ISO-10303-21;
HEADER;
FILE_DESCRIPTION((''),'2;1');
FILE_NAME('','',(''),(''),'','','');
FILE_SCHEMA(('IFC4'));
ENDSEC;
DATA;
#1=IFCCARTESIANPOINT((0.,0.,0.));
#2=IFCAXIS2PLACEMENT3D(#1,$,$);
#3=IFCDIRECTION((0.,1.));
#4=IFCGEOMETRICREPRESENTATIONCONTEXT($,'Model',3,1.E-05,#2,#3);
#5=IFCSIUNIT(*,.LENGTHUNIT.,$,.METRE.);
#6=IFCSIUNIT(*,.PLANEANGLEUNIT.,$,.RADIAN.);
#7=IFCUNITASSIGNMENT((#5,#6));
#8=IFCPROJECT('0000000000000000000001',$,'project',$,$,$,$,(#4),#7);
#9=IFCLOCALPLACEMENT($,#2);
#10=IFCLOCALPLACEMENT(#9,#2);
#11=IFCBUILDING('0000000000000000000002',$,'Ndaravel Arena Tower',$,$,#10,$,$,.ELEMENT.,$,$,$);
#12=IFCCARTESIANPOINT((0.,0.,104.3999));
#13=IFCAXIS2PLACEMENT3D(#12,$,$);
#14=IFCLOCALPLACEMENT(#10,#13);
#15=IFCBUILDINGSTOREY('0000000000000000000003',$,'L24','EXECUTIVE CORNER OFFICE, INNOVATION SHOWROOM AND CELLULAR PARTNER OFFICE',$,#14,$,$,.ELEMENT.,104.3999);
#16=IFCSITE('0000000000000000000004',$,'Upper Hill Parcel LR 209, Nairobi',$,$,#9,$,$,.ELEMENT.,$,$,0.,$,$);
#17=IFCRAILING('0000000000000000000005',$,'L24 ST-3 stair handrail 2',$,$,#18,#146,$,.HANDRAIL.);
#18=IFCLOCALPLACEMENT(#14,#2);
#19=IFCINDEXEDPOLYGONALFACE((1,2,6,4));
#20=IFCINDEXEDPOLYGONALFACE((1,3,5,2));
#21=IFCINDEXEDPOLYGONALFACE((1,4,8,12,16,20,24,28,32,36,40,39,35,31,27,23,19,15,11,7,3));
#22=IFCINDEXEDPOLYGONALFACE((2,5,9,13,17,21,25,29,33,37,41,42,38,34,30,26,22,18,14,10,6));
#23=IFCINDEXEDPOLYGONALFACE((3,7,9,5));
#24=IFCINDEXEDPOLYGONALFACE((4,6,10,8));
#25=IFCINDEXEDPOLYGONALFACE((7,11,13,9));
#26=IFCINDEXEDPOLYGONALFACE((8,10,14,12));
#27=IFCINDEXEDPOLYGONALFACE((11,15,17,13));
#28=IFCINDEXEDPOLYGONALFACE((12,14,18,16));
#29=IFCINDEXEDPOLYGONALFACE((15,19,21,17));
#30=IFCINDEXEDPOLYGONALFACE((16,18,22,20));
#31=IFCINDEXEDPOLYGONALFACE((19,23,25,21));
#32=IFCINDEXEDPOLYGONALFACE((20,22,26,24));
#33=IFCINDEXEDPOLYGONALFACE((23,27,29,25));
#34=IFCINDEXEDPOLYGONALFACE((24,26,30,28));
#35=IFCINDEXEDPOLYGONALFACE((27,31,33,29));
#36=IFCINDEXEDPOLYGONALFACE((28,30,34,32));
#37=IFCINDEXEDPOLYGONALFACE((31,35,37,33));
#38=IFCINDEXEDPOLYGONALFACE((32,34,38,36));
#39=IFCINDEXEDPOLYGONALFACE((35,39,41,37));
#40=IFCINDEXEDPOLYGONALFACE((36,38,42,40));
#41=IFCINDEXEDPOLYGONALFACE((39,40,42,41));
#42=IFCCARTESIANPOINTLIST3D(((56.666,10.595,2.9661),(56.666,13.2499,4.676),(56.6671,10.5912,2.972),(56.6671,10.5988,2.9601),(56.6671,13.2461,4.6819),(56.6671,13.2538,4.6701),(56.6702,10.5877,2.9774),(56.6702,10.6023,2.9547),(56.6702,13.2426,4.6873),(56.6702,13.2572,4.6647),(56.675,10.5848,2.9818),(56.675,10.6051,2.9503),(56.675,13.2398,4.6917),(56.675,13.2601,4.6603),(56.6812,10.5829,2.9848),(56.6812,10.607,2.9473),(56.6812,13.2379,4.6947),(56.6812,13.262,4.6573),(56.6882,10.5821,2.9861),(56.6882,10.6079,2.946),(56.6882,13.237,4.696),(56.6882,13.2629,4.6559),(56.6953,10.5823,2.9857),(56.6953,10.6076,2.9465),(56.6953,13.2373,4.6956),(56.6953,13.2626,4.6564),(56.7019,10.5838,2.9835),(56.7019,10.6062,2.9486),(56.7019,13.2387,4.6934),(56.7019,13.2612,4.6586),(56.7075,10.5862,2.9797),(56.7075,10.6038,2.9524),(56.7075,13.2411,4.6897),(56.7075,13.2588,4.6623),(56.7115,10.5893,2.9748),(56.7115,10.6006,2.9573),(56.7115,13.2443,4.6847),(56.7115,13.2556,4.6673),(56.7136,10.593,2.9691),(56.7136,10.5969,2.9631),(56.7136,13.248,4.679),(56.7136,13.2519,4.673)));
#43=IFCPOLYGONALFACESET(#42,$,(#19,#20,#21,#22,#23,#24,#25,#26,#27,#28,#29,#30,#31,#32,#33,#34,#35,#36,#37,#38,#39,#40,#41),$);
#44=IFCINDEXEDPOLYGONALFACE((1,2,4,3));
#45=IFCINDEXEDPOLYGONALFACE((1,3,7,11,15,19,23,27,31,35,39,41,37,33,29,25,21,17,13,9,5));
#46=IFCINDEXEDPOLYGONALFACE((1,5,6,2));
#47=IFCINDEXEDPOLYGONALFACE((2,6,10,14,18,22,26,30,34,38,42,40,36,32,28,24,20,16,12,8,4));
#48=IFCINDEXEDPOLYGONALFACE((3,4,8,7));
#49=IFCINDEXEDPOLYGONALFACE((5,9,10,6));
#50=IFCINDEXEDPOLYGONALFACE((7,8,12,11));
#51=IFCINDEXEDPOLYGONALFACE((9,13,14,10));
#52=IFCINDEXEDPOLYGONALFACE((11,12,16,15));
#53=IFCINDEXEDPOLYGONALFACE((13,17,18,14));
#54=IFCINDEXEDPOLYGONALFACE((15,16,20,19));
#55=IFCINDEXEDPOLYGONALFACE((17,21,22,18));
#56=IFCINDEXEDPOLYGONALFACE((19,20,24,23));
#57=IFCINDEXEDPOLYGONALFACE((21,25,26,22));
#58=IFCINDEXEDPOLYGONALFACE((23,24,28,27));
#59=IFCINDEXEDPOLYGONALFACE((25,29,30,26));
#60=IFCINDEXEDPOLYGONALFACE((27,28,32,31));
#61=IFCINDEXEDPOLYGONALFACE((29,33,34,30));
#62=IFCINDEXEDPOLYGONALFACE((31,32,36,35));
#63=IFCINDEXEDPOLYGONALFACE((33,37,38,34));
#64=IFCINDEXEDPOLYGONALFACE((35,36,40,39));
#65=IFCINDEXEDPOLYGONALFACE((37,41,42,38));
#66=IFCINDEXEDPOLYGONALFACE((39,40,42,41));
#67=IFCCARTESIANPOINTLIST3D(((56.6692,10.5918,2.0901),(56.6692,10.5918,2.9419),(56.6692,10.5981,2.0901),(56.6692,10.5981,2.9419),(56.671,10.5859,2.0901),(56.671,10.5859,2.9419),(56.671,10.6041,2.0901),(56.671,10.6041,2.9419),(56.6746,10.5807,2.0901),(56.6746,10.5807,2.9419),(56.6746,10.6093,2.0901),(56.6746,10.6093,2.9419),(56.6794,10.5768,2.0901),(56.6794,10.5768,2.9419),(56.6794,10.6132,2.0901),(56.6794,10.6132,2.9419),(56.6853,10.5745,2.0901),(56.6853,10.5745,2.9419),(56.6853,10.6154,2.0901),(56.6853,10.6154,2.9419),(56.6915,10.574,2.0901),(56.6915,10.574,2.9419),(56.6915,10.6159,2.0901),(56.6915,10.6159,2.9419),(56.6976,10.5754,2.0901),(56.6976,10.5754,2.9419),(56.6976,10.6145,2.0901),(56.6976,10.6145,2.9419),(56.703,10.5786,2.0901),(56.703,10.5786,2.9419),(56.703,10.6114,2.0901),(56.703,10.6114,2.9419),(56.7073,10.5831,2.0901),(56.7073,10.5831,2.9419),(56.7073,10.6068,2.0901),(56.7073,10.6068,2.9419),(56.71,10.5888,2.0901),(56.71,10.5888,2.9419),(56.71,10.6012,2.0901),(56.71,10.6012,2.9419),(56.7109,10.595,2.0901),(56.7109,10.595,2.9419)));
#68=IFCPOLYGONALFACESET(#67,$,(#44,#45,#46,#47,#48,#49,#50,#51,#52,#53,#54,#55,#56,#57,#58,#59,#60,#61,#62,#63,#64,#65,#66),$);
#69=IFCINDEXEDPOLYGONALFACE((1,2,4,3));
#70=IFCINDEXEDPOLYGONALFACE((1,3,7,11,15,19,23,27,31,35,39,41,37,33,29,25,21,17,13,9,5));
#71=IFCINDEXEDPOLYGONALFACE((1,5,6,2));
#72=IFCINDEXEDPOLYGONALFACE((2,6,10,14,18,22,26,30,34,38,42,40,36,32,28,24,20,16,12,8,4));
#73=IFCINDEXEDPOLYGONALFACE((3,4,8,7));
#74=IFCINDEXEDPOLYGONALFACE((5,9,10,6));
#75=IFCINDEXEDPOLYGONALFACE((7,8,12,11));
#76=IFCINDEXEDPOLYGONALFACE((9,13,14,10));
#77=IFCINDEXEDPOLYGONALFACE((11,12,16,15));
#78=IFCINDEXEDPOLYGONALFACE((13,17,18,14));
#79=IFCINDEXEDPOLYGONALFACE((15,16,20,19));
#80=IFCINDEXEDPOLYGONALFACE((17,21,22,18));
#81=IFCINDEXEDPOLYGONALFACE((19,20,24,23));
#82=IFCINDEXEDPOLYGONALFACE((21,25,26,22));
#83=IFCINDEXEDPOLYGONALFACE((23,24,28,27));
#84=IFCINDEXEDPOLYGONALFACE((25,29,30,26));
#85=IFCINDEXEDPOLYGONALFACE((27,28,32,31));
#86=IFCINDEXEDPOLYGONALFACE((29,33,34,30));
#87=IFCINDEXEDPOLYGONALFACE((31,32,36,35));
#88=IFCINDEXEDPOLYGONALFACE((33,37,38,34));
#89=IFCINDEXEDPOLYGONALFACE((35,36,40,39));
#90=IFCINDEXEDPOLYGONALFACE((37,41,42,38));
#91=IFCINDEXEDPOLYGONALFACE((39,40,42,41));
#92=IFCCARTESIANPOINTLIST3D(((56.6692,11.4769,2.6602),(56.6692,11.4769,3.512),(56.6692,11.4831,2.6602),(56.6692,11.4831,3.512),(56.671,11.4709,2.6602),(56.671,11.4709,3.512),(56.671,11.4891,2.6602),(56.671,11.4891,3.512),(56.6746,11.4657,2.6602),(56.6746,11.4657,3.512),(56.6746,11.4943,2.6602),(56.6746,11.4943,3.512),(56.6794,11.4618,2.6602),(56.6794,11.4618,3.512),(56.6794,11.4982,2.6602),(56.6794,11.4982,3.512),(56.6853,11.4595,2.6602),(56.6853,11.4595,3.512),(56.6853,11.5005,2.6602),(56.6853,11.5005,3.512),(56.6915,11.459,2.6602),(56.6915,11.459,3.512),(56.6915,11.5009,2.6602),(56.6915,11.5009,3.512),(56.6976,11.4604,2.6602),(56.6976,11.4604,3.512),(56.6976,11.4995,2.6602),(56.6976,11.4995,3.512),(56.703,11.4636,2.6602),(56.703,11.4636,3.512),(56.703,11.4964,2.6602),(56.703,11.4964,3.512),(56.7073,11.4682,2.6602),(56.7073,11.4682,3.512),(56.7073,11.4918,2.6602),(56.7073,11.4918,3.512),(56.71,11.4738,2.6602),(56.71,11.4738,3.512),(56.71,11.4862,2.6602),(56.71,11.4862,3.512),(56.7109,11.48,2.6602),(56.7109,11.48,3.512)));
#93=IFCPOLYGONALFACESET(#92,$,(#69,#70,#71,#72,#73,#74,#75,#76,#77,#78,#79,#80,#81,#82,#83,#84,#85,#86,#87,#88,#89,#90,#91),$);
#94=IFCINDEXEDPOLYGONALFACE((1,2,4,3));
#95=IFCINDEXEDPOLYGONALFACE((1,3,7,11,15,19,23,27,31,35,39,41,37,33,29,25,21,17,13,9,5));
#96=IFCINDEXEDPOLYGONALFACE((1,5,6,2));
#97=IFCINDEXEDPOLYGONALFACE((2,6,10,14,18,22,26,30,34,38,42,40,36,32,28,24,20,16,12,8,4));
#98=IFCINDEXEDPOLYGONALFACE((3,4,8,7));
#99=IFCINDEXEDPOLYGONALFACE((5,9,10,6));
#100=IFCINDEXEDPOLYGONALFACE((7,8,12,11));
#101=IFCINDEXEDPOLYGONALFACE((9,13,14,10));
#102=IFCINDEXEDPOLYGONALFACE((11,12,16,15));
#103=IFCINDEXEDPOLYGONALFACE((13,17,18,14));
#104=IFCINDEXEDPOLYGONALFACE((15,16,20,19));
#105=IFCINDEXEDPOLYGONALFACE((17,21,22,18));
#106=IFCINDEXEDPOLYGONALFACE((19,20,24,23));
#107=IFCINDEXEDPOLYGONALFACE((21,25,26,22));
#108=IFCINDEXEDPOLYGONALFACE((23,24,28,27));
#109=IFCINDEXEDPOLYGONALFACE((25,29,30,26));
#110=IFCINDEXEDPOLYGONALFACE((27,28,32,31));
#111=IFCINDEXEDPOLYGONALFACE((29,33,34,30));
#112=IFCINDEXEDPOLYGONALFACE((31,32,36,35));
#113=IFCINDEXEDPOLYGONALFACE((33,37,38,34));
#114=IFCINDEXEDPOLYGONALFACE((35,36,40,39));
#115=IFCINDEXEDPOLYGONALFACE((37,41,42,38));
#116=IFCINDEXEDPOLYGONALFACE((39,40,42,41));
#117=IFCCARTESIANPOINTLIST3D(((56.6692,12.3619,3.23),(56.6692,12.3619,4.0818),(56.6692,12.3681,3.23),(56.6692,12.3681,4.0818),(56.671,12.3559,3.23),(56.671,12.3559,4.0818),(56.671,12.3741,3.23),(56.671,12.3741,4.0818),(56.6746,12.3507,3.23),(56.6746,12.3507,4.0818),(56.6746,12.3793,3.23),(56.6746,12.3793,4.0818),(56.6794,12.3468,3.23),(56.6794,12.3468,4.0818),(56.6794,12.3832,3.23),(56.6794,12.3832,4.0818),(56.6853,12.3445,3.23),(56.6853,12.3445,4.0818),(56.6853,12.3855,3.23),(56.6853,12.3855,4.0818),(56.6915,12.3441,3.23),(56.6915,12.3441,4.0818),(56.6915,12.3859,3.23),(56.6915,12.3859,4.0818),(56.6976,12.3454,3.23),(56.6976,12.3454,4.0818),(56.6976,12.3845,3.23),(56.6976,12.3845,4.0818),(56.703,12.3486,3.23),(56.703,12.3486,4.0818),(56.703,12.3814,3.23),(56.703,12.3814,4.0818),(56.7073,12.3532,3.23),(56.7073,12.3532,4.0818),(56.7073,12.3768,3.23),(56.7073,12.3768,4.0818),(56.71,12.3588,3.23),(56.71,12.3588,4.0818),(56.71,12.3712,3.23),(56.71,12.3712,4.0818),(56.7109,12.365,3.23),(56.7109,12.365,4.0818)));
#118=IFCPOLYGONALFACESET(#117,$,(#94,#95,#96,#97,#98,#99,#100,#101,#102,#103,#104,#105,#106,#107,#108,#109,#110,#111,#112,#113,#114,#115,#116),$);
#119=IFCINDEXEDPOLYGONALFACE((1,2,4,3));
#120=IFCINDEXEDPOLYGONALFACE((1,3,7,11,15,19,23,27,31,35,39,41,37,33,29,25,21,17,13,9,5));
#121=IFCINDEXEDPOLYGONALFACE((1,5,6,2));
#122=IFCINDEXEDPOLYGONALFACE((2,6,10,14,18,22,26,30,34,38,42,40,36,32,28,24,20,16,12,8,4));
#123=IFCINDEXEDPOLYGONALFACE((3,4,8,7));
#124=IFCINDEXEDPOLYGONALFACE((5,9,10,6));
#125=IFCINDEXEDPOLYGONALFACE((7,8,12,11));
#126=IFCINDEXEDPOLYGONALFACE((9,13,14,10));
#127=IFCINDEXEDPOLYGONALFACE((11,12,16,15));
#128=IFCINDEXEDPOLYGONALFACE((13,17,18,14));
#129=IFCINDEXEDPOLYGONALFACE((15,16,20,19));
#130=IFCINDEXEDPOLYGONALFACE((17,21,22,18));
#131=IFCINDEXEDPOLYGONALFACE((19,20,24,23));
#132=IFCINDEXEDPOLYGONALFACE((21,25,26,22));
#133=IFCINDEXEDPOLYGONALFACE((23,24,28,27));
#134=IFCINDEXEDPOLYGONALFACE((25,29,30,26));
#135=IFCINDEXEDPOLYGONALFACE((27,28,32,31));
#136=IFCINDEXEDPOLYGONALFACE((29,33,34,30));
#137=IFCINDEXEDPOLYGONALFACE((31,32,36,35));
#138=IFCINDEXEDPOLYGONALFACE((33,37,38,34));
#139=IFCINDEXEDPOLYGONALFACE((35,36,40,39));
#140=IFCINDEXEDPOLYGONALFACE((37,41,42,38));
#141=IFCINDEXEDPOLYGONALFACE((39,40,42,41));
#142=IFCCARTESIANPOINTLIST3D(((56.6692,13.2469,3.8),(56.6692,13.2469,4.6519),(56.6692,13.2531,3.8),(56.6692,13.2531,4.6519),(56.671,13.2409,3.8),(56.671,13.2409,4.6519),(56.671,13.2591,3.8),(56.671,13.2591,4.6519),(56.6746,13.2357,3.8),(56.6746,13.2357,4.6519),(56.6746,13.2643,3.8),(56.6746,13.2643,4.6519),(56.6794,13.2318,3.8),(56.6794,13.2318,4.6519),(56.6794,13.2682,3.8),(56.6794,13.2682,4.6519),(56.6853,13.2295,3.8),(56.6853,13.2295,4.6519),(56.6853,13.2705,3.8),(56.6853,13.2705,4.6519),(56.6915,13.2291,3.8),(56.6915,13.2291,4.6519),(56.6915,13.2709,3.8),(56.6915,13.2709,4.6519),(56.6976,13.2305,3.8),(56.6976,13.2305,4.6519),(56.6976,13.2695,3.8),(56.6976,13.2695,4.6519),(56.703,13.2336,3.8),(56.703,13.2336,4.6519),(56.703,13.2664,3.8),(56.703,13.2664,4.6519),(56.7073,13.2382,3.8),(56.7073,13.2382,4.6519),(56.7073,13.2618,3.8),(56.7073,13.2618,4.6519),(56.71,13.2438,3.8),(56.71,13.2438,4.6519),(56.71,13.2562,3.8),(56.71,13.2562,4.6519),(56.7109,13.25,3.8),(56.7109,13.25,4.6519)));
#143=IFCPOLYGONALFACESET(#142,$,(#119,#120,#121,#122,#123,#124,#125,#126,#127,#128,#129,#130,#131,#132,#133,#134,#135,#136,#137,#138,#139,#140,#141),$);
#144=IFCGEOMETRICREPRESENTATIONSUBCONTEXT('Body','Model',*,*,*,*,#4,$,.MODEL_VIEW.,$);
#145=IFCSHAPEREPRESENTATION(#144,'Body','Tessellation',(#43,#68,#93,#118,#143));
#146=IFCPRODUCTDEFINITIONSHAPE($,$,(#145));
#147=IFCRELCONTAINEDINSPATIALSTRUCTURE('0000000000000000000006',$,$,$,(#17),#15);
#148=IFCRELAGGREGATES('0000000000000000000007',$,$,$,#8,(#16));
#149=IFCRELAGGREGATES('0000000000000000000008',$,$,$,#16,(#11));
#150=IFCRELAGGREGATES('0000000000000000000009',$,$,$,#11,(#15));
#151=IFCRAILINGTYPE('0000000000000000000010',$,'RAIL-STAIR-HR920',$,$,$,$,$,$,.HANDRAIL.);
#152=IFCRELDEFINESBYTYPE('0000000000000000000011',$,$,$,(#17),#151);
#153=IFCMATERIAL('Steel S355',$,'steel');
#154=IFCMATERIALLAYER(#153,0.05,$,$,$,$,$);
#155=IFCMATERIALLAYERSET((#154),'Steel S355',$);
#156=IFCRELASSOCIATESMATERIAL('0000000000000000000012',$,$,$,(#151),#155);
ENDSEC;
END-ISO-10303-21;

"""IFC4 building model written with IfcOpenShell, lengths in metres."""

from ifc_helpers import new_model, si_unit, direction, frame, origin, origin_2d, place, context, subcontext, project, spatial, circle, extrude, material, layer, layer_set, type_object, element, save


model = new_model("IFC4")

# Units and contexts
model_context = context("Model", 3, precision=1e-05, world=origin(), true_north=direction((0.0, 1.0)))
body_context = subcontext(model_context, "Body", "Model", "MODEL_VIEW")
ifc_project = project(units=[si_unit("LENGTHUNIT", "METRE"), si_unit("PLANEANGLEUNIT", "RADIAN")], contexts=[model_context])

# Site, building, storey
site_placement = place(None, origin())
site = spatial("IfcSite", under=ifc_project, at=site_placement, Name="Upper Hill Parcel LR 209, Nairobi", CompositionType="ELEMENT", RefElevation=0.0)
building_placement = place(site_placement, origin())
building = spatial("IfcBuilding", under=site, at=building_placement, Name="Ndaravel Arena Tower", CompositionType="ELEMENT")
storey_placement = place(building_placement, frame((0.0, 0.0, 104.3999)))
storey = spatial("IfcBuildingStorey", under=building, at=storey_placement, Name="L24", Description="EXECUTIVE CORNER OFFICE, INNOVATION SHOWROOM AND CELLULAR PARTNER OFFICE", CompositionType="ELEMENT", Elevation=104.3999)

# Railing
ifc_material_1 = material(Name="Steel S355", Category="steel")
ifc_layer_1 = layer(ifc_material_1, 0.05)
ifc_layer_set_1 = layer_set([ifc_layer_1], Name="Steel S355")
railing_type_1 = type_object("IfcRailingType", Name="RAIL-STAIR-HR920", PredefinedType="HANDRAIL", material=ifc_layer_set_1)
railing_1_placement = place(storey_placement, frame((56.6899, 10.595, 2.0901)))
element("IfcRailing", 1, at=railing_1_placement, inside=storey, type_object=railing_type_1, Name="L24 ST-3 stair handrail 2", PredefinedType="HANDRAIL", context=body_context, shape_type="SweptSolid", body=[
    extrude(circle(Radius=0.0239, at=origin_2d()), frame((0.0, 0.0, 0.876), z_axis=(0.0, 0.840724, 0.541465), x_axis=(-1.0, 0.0, 0.0)), (0.0, 0.0, 1.0), 3.158),
    extrude(circle(Radius=0.021, at=origin_2d()), origin(), (0.0, 0.0, 1.0), 0.8518),
    extrude(circle(Radius=0.021, at=origin_2d()), frame((0.0, 0.885, 0.5701)), (0.0, 0.0, 1.0), 0.8518),
    extrude(circle(Radius=0.021, at=origin_2d()), frame((0.0, 1.77, 1.1399)), (0.0, 0.0, 1.0), 0.8518),
    extrude(circle(Radius=0.021, at=origin_2d()), frame((0.0, 2.655, 1.71)), (0.0, 0.0, 1.0), 0.8518),
])

save(model, "model.ifc")
